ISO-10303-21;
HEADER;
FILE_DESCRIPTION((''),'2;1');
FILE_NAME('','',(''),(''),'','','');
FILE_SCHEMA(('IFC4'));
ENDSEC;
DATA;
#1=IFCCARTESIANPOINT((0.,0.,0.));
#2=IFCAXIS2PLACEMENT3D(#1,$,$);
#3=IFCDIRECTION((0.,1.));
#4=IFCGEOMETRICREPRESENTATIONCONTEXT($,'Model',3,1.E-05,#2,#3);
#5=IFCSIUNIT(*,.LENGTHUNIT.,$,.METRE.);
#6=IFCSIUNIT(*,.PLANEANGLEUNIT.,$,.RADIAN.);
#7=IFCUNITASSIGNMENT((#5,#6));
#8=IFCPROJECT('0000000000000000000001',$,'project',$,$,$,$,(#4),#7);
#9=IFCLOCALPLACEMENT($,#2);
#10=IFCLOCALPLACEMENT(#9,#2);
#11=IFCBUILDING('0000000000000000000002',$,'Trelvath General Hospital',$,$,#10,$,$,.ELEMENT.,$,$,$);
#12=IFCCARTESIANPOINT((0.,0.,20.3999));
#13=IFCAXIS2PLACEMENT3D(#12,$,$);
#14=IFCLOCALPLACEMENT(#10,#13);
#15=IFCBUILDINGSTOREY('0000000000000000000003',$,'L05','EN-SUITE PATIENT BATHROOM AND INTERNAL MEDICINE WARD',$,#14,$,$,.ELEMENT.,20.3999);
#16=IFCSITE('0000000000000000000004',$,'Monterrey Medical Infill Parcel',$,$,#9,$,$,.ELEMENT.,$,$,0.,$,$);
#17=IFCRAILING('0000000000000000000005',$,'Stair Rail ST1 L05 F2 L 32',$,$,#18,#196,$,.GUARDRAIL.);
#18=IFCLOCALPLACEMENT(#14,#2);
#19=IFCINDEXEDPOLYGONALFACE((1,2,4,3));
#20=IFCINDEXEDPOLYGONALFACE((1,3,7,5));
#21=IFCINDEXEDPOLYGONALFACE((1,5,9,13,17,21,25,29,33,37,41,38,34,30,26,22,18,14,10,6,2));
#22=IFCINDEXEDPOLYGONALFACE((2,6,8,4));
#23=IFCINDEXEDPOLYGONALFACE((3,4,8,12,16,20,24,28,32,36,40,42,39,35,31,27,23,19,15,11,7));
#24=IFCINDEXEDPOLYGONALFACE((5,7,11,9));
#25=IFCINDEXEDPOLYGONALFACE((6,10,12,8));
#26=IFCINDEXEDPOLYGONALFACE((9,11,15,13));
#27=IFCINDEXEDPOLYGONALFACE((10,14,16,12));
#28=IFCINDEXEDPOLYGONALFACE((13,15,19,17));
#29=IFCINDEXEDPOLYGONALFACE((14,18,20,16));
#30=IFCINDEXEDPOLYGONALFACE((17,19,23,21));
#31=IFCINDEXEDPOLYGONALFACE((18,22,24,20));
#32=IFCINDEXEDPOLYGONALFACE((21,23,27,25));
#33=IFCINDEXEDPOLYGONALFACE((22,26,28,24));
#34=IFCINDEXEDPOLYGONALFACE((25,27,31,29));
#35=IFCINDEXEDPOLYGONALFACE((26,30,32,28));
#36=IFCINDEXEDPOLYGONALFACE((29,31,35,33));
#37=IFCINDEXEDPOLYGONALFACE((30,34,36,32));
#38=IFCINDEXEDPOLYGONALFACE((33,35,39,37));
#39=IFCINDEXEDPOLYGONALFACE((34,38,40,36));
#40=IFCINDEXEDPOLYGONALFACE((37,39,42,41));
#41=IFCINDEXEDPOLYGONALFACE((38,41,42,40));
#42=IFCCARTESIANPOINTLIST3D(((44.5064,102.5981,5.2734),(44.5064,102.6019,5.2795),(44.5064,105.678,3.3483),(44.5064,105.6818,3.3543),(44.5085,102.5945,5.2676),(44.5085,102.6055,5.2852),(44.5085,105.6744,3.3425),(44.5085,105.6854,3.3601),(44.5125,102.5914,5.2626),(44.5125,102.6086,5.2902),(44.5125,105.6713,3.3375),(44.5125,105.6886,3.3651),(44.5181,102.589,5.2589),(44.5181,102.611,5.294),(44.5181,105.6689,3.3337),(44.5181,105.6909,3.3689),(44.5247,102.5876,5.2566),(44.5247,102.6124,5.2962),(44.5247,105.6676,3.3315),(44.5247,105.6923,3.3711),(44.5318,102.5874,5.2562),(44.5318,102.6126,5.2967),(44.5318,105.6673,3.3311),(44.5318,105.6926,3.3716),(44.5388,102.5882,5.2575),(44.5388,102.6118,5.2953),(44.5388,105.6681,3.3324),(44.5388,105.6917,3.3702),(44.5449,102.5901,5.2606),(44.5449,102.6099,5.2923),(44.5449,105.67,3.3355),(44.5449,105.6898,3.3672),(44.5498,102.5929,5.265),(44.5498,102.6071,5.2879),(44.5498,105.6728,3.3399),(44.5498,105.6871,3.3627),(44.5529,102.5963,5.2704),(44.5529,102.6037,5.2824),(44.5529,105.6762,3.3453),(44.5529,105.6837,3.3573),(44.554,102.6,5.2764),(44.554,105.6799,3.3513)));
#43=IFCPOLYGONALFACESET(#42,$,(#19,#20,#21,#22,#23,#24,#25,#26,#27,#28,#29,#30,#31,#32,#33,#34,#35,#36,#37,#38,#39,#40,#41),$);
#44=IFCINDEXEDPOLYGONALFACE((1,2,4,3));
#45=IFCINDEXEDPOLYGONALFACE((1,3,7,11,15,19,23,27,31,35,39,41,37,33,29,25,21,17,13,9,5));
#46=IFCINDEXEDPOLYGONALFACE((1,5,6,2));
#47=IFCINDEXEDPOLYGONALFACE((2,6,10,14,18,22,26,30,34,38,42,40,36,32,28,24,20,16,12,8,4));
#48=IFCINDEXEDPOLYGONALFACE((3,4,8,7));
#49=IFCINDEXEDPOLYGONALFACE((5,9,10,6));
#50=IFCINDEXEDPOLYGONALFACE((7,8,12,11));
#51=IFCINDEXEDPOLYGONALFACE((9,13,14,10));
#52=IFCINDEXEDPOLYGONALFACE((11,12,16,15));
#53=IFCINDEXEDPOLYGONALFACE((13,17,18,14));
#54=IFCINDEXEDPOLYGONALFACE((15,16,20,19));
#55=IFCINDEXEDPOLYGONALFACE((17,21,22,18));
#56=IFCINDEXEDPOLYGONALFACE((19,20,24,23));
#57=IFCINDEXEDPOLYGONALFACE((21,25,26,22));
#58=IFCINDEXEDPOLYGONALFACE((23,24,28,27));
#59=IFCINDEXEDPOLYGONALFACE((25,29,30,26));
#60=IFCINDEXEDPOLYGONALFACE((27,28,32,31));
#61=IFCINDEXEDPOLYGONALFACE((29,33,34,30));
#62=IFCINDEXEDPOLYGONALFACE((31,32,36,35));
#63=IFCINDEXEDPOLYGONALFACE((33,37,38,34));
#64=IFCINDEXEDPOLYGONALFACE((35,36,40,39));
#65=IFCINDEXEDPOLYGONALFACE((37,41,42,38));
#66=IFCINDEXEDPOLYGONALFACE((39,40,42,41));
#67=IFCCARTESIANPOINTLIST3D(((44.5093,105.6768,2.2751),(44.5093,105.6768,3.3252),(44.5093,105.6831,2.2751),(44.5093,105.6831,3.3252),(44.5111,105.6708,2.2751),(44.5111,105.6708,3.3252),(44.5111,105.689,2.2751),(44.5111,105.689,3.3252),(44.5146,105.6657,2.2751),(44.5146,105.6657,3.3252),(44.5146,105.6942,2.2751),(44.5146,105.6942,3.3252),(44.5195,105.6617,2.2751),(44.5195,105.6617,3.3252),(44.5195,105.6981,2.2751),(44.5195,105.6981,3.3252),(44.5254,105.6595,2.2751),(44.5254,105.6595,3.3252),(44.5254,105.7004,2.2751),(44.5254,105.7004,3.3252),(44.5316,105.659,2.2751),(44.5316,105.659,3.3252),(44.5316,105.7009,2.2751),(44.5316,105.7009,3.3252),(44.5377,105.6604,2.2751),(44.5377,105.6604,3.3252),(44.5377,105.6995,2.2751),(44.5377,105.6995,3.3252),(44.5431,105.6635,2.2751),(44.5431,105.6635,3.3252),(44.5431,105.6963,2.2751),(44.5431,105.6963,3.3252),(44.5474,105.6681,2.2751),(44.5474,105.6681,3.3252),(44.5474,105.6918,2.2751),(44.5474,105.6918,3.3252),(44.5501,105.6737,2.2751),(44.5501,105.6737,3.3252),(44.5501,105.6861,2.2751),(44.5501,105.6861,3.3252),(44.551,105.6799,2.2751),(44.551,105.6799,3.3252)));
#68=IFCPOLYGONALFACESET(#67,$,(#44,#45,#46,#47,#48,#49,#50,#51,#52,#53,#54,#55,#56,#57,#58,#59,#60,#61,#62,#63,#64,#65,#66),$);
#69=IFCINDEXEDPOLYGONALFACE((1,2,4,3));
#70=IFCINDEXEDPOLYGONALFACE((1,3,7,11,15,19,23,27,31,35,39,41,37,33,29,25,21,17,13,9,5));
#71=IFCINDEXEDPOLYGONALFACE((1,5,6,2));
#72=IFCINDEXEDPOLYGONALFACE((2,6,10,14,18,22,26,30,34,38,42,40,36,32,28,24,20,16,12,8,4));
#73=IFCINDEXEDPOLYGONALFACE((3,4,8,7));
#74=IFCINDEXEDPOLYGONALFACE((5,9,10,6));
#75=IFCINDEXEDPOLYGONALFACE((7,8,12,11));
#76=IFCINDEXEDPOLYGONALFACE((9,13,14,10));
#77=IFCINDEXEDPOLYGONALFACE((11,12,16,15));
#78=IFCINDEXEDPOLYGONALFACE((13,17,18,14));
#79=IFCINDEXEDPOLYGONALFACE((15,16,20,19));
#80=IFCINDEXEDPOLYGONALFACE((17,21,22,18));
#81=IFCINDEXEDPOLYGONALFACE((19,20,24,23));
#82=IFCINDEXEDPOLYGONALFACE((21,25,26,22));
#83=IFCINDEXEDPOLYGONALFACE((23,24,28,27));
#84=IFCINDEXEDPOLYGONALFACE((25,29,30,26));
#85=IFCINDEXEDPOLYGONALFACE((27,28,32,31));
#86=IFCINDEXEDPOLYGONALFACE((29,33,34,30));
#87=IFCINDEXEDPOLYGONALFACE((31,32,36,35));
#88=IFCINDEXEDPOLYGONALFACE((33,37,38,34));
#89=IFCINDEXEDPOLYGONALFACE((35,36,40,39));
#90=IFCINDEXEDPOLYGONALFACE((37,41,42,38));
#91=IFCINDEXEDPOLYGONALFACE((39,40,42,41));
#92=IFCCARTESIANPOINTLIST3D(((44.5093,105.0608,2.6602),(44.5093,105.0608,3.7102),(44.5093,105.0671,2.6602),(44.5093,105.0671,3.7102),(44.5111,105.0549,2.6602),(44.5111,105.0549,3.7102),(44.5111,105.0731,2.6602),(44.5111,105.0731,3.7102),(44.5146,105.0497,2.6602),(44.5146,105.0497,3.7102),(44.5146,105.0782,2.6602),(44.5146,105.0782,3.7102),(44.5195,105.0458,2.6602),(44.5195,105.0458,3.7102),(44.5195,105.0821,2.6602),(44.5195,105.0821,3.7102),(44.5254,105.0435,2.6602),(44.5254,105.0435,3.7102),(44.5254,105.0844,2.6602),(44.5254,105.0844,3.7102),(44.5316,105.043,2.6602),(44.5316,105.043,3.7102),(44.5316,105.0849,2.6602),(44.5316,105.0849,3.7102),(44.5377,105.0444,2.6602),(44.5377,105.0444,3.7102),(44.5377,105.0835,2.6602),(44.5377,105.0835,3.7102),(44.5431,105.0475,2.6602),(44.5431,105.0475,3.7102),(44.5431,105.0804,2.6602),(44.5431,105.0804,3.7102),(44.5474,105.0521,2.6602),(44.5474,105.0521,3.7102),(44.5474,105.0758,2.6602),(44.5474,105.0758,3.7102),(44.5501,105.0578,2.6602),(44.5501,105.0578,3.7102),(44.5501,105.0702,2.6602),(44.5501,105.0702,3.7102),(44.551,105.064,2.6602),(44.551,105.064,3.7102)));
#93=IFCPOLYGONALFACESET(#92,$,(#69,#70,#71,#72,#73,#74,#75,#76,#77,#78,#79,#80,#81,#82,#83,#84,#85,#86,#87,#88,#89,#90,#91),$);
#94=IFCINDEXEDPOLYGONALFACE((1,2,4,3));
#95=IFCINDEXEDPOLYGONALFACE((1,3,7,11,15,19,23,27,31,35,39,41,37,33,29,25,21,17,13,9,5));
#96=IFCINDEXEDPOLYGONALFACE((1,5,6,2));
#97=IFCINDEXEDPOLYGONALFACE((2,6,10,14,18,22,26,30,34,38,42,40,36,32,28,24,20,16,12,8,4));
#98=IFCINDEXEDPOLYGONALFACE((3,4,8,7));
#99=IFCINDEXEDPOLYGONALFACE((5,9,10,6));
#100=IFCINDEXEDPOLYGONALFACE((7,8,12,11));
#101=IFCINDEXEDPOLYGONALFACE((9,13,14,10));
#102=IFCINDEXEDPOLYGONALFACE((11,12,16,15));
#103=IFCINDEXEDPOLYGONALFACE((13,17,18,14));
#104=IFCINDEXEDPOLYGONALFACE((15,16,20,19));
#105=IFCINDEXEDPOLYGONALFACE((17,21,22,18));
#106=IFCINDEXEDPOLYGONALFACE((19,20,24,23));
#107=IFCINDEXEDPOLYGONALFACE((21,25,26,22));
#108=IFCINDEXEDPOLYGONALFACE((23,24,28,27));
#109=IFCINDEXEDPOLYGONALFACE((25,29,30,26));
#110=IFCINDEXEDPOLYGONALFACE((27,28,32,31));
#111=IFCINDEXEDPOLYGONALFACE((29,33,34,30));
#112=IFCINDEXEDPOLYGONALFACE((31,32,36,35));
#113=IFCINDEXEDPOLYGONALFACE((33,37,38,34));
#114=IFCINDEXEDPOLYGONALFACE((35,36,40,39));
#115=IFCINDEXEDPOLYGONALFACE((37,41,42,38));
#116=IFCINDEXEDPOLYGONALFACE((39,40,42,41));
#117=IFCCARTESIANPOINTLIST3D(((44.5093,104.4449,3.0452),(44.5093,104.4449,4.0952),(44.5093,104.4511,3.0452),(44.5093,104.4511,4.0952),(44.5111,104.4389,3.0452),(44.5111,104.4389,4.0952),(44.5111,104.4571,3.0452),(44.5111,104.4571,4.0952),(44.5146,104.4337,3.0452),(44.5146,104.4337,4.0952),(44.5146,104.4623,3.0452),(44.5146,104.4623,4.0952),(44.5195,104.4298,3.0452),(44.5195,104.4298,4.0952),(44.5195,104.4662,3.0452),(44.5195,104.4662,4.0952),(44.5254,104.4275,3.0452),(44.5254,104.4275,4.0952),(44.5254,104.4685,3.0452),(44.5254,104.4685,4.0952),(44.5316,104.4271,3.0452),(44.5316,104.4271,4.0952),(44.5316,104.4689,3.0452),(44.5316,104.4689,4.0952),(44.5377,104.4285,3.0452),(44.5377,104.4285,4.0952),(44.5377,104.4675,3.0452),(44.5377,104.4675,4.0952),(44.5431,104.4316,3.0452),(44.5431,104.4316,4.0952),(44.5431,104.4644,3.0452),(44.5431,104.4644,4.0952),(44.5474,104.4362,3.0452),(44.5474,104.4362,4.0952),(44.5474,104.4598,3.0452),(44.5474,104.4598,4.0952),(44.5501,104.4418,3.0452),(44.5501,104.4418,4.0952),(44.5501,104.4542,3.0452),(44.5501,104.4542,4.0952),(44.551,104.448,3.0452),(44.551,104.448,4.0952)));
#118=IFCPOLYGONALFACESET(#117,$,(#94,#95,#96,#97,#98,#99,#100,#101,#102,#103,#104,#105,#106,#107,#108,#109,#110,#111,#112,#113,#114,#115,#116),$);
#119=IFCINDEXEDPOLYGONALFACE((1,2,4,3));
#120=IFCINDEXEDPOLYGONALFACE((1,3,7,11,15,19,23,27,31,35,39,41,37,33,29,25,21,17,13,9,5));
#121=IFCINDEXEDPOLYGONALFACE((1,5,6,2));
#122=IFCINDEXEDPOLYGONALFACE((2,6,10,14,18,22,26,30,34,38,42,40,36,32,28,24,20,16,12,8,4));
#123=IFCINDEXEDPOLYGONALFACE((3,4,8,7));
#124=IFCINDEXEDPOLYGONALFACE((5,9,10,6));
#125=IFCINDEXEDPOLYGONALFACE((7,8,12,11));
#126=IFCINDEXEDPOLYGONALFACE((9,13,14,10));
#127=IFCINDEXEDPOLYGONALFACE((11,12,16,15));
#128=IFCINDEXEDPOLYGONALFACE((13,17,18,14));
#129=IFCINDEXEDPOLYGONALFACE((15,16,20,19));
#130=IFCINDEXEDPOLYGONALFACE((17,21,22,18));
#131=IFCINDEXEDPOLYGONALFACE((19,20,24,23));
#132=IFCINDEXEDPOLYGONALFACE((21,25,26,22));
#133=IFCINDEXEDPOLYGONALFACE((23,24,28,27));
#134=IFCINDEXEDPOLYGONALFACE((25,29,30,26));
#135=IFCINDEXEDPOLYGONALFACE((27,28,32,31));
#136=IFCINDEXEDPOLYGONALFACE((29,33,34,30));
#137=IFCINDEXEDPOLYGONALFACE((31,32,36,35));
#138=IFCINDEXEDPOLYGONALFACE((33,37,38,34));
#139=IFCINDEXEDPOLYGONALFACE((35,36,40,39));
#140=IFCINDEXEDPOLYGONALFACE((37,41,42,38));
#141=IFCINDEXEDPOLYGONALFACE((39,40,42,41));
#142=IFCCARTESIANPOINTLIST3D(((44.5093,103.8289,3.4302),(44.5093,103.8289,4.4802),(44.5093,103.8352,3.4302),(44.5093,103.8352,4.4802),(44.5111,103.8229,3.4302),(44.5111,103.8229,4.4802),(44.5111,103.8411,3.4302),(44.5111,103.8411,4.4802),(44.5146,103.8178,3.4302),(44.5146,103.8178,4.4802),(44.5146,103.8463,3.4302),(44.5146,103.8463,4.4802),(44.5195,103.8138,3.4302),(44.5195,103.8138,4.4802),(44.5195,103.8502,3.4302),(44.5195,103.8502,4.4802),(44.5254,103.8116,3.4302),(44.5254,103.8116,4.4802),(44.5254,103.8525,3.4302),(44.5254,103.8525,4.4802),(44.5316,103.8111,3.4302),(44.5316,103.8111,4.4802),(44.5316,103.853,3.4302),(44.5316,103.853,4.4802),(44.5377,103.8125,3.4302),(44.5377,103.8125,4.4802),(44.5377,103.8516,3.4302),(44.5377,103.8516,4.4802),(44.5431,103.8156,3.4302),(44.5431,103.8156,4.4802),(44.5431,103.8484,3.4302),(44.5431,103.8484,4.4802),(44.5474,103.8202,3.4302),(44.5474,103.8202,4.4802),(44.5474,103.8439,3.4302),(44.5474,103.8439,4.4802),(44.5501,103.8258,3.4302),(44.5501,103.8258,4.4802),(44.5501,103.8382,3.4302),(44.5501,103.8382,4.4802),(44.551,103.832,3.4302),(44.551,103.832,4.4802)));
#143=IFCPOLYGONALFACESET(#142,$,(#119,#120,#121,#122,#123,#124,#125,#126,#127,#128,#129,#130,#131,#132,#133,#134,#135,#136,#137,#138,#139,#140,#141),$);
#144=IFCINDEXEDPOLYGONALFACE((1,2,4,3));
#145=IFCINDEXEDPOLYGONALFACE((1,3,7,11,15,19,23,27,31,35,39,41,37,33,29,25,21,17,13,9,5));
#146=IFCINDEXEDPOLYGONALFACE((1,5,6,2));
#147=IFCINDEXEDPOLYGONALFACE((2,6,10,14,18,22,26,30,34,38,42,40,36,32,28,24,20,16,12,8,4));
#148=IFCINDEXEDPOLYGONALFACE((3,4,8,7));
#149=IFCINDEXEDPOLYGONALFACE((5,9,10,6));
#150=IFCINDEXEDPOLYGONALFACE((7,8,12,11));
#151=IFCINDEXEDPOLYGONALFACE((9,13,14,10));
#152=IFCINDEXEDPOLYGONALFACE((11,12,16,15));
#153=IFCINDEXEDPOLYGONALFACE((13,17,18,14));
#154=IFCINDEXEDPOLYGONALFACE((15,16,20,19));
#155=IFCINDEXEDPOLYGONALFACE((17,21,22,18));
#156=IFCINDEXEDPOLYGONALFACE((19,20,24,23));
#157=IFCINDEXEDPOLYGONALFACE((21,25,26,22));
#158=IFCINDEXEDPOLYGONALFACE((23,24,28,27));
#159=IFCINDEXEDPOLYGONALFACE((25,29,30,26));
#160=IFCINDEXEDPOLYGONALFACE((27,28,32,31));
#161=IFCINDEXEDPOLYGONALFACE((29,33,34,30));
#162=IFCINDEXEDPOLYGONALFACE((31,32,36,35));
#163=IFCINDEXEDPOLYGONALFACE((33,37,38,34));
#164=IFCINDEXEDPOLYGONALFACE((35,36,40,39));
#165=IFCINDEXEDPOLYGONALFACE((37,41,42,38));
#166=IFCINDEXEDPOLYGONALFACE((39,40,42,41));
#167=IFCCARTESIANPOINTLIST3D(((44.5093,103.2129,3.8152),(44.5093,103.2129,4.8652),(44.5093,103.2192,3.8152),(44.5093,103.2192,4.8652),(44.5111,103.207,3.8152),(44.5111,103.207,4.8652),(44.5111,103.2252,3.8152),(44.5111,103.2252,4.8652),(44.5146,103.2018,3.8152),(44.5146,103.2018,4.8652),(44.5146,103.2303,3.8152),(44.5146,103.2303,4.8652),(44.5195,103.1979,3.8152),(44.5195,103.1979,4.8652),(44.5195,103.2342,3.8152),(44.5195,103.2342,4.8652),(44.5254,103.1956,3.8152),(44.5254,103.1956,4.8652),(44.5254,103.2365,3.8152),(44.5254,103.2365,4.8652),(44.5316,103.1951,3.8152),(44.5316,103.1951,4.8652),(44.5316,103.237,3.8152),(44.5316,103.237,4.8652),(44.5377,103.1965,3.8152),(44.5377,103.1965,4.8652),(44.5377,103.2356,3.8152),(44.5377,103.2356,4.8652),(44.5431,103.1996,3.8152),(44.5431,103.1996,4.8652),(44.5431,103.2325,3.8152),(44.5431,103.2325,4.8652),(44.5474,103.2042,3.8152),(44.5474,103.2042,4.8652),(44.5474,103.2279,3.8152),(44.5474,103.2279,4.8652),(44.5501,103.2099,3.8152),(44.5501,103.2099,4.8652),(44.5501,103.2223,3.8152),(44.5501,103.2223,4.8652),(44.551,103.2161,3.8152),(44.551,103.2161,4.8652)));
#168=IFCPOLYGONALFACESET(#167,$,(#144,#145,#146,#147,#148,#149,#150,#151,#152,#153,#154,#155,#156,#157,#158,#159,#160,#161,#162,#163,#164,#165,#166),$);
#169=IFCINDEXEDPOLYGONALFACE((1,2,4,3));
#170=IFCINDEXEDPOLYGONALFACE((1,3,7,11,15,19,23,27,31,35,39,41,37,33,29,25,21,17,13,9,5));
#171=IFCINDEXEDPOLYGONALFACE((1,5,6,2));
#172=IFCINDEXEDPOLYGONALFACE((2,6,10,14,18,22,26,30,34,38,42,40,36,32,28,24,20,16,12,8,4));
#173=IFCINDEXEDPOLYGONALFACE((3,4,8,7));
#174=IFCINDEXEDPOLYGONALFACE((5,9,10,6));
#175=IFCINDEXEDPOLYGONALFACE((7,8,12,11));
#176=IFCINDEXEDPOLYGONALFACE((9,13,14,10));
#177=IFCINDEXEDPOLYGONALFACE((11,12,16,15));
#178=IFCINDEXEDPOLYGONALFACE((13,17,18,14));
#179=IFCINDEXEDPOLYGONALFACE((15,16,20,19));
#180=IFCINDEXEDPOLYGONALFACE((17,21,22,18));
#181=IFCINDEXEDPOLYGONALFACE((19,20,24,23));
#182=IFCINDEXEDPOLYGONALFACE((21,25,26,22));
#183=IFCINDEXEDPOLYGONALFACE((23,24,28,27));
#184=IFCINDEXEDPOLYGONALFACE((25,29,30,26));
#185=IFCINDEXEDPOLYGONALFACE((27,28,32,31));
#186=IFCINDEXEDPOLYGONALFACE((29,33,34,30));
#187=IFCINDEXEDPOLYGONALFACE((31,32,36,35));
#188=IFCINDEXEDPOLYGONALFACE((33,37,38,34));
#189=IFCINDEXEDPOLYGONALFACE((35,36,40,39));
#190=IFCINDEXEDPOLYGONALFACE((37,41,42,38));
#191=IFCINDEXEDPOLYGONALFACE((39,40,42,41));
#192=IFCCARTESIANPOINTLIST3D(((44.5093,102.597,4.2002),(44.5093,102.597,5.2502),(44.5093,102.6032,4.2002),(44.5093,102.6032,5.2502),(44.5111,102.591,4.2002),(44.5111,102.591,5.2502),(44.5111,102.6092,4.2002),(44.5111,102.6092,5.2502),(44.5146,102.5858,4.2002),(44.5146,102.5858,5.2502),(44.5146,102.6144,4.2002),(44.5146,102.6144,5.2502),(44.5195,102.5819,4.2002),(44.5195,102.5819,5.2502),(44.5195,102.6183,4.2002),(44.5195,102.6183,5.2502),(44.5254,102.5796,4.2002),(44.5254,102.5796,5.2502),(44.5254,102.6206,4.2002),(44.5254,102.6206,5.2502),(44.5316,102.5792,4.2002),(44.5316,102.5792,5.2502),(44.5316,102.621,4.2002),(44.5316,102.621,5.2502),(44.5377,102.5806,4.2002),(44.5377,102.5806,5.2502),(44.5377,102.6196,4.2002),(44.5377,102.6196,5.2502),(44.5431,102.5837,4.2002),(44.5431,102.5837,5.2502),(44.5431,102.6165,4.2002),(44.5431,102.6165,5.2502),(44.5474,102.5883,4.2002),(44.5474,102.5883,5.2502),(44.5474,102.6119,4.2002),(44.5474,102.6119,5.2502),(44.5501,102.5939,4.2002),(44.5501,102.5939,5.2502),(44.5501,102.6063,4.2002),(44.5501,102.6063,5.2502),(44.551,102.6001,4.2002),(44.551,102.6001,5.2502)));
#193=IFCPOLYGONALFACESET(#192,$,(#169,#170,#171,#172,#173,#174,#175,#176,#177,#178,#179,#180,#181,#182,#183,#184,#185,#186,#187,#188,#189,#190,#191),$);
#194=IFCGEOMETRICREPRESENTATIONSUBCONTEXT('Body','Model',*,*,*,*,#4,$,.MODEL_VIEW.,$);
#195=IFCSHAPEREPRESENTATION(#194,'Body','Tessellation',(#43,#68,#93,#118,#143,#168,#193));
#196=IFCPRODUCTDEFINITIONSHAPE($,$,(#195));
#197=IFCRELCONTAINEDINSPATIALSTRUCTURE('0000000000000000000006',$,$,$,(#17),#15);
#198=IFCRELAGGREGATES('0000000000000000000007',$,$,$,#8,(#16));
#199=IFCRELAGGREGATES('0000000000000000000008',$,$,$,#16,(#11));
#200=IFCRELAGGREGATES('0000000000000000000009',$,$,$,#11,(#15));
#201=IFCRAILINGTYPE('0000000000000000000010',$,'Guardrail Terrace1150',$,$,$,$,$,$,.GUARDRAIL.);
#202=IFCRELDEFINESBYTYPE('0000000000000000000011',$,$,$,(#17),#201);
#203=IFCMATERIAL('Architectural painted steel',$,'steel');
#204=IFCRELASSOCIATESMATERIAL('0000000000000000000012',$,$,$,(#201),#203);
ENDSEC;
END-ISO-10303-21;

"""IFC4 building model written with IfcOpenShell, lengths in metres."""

from ifc_helpers import new_model, si_unit, direction, frame, origin, origin_2d, place, context, subcontext, project, spatial, circle, extrude, material, type_object, element, save


model = new_model("IFC4")

# Units and contexts
model_context = context("Model", 3, precision=1e-05, world=origin(), true_north=direction((0.0, 1.0)))
body_context = subcontext(model_context, "Body", "Model", "MODEL_VIEW")
ifc_project = project(units=[si_unit("LENGTHUNIT", "METRE"), si_unit("PLANEANGLEUNIT", "RADIAN")], contexts=[model_context])

# Site, building, storey
site_placement = place(None, origin())
site = spatial("IfcSite", under=ifc_project, at=site_placement, Name="Monterrey Medical Infill Parcel", CompositionType="ELEMENT", RefElevation=0.0)
building_placement = place(site_placement, origin())
building = spatial("IfcBuilding", under=site, at=building_placement, Name="Trelvath General Hospital", CompositionType="ELEMENT")
storey_placement = place(building_placement, frame((0.0, 0.0, 20.3999)))
storey = spatial("IfcBuildingStorey", under=building, at=storey_placement, Name="L05", Description="EN-SUITE PATIENT BATHROOM AND INTERNAL MEDICINE WARD", CompositionType="ELEMENT", Elevation=20.3999)

# Railing
ifc_material_1 = material(Name="Architectural painted steel", Category="steel")
railing_type_1 = type_object("IfcRailingType", Name="Guardrail Terrace1150", PredefinedType="GUARDRAIL", material=ifc_material_1)
railing_1_placement = place(storey_placement, frame((44.53, 105.6799, 2.2751)))
element("IfcRailing", 1, at=railing_1_placement, inside=storey, type_object=railing_type_1, Name="Stair Rail ST1 L05 F2 L 32", PredefinedType="GUARDRAIL", context=body_context, shape_type="SweptSolid", body=[
    extrude(circle(Radius=0.0239, at=origin_2d()), frame((0.0, 0.0, 1.0762), z_axis=(0.0, -0.847979, 0.530029), x_axis=(1.0, 0.0, 0.0)), (0.0, 0.0, 1.0), 3.6321),
    extrude(circle(Radius=0.021, at=origin_2d()), origin(), (0.0, 0.0, 1.0), 1.05),
    extrude(circle(Radius=0.021, at=origin_2d()), frame((0.0, -0.616, 0.385)), (0.0, 0.0, 1.0), 1.05),
    extrude(circle(Radius=0.021, at=origin_2d()), frame((0.0, -1.2319, 0.77)), (0.0, 0.0, 1.0), 1.05),
    extrude(circle(Radius=0.021, at=origin_2d()), frame((0.0, -1.8479, 1.155)), (0.0, 0.0, 1.0), 1.05),
    extrude(circle(Radius=0.021, at=origin_2d()), frame((0.0, -2.4639, 1.54)), (0.0, 0.0, 1.0), 1.05),
    extrude(circle(Radius=0.021, at=origin_2d()), frame((0.0, -3.0798, 1.925)), (0.0, 0.0, 1.0), 1.05),
])

save(model, "model.ifc")
